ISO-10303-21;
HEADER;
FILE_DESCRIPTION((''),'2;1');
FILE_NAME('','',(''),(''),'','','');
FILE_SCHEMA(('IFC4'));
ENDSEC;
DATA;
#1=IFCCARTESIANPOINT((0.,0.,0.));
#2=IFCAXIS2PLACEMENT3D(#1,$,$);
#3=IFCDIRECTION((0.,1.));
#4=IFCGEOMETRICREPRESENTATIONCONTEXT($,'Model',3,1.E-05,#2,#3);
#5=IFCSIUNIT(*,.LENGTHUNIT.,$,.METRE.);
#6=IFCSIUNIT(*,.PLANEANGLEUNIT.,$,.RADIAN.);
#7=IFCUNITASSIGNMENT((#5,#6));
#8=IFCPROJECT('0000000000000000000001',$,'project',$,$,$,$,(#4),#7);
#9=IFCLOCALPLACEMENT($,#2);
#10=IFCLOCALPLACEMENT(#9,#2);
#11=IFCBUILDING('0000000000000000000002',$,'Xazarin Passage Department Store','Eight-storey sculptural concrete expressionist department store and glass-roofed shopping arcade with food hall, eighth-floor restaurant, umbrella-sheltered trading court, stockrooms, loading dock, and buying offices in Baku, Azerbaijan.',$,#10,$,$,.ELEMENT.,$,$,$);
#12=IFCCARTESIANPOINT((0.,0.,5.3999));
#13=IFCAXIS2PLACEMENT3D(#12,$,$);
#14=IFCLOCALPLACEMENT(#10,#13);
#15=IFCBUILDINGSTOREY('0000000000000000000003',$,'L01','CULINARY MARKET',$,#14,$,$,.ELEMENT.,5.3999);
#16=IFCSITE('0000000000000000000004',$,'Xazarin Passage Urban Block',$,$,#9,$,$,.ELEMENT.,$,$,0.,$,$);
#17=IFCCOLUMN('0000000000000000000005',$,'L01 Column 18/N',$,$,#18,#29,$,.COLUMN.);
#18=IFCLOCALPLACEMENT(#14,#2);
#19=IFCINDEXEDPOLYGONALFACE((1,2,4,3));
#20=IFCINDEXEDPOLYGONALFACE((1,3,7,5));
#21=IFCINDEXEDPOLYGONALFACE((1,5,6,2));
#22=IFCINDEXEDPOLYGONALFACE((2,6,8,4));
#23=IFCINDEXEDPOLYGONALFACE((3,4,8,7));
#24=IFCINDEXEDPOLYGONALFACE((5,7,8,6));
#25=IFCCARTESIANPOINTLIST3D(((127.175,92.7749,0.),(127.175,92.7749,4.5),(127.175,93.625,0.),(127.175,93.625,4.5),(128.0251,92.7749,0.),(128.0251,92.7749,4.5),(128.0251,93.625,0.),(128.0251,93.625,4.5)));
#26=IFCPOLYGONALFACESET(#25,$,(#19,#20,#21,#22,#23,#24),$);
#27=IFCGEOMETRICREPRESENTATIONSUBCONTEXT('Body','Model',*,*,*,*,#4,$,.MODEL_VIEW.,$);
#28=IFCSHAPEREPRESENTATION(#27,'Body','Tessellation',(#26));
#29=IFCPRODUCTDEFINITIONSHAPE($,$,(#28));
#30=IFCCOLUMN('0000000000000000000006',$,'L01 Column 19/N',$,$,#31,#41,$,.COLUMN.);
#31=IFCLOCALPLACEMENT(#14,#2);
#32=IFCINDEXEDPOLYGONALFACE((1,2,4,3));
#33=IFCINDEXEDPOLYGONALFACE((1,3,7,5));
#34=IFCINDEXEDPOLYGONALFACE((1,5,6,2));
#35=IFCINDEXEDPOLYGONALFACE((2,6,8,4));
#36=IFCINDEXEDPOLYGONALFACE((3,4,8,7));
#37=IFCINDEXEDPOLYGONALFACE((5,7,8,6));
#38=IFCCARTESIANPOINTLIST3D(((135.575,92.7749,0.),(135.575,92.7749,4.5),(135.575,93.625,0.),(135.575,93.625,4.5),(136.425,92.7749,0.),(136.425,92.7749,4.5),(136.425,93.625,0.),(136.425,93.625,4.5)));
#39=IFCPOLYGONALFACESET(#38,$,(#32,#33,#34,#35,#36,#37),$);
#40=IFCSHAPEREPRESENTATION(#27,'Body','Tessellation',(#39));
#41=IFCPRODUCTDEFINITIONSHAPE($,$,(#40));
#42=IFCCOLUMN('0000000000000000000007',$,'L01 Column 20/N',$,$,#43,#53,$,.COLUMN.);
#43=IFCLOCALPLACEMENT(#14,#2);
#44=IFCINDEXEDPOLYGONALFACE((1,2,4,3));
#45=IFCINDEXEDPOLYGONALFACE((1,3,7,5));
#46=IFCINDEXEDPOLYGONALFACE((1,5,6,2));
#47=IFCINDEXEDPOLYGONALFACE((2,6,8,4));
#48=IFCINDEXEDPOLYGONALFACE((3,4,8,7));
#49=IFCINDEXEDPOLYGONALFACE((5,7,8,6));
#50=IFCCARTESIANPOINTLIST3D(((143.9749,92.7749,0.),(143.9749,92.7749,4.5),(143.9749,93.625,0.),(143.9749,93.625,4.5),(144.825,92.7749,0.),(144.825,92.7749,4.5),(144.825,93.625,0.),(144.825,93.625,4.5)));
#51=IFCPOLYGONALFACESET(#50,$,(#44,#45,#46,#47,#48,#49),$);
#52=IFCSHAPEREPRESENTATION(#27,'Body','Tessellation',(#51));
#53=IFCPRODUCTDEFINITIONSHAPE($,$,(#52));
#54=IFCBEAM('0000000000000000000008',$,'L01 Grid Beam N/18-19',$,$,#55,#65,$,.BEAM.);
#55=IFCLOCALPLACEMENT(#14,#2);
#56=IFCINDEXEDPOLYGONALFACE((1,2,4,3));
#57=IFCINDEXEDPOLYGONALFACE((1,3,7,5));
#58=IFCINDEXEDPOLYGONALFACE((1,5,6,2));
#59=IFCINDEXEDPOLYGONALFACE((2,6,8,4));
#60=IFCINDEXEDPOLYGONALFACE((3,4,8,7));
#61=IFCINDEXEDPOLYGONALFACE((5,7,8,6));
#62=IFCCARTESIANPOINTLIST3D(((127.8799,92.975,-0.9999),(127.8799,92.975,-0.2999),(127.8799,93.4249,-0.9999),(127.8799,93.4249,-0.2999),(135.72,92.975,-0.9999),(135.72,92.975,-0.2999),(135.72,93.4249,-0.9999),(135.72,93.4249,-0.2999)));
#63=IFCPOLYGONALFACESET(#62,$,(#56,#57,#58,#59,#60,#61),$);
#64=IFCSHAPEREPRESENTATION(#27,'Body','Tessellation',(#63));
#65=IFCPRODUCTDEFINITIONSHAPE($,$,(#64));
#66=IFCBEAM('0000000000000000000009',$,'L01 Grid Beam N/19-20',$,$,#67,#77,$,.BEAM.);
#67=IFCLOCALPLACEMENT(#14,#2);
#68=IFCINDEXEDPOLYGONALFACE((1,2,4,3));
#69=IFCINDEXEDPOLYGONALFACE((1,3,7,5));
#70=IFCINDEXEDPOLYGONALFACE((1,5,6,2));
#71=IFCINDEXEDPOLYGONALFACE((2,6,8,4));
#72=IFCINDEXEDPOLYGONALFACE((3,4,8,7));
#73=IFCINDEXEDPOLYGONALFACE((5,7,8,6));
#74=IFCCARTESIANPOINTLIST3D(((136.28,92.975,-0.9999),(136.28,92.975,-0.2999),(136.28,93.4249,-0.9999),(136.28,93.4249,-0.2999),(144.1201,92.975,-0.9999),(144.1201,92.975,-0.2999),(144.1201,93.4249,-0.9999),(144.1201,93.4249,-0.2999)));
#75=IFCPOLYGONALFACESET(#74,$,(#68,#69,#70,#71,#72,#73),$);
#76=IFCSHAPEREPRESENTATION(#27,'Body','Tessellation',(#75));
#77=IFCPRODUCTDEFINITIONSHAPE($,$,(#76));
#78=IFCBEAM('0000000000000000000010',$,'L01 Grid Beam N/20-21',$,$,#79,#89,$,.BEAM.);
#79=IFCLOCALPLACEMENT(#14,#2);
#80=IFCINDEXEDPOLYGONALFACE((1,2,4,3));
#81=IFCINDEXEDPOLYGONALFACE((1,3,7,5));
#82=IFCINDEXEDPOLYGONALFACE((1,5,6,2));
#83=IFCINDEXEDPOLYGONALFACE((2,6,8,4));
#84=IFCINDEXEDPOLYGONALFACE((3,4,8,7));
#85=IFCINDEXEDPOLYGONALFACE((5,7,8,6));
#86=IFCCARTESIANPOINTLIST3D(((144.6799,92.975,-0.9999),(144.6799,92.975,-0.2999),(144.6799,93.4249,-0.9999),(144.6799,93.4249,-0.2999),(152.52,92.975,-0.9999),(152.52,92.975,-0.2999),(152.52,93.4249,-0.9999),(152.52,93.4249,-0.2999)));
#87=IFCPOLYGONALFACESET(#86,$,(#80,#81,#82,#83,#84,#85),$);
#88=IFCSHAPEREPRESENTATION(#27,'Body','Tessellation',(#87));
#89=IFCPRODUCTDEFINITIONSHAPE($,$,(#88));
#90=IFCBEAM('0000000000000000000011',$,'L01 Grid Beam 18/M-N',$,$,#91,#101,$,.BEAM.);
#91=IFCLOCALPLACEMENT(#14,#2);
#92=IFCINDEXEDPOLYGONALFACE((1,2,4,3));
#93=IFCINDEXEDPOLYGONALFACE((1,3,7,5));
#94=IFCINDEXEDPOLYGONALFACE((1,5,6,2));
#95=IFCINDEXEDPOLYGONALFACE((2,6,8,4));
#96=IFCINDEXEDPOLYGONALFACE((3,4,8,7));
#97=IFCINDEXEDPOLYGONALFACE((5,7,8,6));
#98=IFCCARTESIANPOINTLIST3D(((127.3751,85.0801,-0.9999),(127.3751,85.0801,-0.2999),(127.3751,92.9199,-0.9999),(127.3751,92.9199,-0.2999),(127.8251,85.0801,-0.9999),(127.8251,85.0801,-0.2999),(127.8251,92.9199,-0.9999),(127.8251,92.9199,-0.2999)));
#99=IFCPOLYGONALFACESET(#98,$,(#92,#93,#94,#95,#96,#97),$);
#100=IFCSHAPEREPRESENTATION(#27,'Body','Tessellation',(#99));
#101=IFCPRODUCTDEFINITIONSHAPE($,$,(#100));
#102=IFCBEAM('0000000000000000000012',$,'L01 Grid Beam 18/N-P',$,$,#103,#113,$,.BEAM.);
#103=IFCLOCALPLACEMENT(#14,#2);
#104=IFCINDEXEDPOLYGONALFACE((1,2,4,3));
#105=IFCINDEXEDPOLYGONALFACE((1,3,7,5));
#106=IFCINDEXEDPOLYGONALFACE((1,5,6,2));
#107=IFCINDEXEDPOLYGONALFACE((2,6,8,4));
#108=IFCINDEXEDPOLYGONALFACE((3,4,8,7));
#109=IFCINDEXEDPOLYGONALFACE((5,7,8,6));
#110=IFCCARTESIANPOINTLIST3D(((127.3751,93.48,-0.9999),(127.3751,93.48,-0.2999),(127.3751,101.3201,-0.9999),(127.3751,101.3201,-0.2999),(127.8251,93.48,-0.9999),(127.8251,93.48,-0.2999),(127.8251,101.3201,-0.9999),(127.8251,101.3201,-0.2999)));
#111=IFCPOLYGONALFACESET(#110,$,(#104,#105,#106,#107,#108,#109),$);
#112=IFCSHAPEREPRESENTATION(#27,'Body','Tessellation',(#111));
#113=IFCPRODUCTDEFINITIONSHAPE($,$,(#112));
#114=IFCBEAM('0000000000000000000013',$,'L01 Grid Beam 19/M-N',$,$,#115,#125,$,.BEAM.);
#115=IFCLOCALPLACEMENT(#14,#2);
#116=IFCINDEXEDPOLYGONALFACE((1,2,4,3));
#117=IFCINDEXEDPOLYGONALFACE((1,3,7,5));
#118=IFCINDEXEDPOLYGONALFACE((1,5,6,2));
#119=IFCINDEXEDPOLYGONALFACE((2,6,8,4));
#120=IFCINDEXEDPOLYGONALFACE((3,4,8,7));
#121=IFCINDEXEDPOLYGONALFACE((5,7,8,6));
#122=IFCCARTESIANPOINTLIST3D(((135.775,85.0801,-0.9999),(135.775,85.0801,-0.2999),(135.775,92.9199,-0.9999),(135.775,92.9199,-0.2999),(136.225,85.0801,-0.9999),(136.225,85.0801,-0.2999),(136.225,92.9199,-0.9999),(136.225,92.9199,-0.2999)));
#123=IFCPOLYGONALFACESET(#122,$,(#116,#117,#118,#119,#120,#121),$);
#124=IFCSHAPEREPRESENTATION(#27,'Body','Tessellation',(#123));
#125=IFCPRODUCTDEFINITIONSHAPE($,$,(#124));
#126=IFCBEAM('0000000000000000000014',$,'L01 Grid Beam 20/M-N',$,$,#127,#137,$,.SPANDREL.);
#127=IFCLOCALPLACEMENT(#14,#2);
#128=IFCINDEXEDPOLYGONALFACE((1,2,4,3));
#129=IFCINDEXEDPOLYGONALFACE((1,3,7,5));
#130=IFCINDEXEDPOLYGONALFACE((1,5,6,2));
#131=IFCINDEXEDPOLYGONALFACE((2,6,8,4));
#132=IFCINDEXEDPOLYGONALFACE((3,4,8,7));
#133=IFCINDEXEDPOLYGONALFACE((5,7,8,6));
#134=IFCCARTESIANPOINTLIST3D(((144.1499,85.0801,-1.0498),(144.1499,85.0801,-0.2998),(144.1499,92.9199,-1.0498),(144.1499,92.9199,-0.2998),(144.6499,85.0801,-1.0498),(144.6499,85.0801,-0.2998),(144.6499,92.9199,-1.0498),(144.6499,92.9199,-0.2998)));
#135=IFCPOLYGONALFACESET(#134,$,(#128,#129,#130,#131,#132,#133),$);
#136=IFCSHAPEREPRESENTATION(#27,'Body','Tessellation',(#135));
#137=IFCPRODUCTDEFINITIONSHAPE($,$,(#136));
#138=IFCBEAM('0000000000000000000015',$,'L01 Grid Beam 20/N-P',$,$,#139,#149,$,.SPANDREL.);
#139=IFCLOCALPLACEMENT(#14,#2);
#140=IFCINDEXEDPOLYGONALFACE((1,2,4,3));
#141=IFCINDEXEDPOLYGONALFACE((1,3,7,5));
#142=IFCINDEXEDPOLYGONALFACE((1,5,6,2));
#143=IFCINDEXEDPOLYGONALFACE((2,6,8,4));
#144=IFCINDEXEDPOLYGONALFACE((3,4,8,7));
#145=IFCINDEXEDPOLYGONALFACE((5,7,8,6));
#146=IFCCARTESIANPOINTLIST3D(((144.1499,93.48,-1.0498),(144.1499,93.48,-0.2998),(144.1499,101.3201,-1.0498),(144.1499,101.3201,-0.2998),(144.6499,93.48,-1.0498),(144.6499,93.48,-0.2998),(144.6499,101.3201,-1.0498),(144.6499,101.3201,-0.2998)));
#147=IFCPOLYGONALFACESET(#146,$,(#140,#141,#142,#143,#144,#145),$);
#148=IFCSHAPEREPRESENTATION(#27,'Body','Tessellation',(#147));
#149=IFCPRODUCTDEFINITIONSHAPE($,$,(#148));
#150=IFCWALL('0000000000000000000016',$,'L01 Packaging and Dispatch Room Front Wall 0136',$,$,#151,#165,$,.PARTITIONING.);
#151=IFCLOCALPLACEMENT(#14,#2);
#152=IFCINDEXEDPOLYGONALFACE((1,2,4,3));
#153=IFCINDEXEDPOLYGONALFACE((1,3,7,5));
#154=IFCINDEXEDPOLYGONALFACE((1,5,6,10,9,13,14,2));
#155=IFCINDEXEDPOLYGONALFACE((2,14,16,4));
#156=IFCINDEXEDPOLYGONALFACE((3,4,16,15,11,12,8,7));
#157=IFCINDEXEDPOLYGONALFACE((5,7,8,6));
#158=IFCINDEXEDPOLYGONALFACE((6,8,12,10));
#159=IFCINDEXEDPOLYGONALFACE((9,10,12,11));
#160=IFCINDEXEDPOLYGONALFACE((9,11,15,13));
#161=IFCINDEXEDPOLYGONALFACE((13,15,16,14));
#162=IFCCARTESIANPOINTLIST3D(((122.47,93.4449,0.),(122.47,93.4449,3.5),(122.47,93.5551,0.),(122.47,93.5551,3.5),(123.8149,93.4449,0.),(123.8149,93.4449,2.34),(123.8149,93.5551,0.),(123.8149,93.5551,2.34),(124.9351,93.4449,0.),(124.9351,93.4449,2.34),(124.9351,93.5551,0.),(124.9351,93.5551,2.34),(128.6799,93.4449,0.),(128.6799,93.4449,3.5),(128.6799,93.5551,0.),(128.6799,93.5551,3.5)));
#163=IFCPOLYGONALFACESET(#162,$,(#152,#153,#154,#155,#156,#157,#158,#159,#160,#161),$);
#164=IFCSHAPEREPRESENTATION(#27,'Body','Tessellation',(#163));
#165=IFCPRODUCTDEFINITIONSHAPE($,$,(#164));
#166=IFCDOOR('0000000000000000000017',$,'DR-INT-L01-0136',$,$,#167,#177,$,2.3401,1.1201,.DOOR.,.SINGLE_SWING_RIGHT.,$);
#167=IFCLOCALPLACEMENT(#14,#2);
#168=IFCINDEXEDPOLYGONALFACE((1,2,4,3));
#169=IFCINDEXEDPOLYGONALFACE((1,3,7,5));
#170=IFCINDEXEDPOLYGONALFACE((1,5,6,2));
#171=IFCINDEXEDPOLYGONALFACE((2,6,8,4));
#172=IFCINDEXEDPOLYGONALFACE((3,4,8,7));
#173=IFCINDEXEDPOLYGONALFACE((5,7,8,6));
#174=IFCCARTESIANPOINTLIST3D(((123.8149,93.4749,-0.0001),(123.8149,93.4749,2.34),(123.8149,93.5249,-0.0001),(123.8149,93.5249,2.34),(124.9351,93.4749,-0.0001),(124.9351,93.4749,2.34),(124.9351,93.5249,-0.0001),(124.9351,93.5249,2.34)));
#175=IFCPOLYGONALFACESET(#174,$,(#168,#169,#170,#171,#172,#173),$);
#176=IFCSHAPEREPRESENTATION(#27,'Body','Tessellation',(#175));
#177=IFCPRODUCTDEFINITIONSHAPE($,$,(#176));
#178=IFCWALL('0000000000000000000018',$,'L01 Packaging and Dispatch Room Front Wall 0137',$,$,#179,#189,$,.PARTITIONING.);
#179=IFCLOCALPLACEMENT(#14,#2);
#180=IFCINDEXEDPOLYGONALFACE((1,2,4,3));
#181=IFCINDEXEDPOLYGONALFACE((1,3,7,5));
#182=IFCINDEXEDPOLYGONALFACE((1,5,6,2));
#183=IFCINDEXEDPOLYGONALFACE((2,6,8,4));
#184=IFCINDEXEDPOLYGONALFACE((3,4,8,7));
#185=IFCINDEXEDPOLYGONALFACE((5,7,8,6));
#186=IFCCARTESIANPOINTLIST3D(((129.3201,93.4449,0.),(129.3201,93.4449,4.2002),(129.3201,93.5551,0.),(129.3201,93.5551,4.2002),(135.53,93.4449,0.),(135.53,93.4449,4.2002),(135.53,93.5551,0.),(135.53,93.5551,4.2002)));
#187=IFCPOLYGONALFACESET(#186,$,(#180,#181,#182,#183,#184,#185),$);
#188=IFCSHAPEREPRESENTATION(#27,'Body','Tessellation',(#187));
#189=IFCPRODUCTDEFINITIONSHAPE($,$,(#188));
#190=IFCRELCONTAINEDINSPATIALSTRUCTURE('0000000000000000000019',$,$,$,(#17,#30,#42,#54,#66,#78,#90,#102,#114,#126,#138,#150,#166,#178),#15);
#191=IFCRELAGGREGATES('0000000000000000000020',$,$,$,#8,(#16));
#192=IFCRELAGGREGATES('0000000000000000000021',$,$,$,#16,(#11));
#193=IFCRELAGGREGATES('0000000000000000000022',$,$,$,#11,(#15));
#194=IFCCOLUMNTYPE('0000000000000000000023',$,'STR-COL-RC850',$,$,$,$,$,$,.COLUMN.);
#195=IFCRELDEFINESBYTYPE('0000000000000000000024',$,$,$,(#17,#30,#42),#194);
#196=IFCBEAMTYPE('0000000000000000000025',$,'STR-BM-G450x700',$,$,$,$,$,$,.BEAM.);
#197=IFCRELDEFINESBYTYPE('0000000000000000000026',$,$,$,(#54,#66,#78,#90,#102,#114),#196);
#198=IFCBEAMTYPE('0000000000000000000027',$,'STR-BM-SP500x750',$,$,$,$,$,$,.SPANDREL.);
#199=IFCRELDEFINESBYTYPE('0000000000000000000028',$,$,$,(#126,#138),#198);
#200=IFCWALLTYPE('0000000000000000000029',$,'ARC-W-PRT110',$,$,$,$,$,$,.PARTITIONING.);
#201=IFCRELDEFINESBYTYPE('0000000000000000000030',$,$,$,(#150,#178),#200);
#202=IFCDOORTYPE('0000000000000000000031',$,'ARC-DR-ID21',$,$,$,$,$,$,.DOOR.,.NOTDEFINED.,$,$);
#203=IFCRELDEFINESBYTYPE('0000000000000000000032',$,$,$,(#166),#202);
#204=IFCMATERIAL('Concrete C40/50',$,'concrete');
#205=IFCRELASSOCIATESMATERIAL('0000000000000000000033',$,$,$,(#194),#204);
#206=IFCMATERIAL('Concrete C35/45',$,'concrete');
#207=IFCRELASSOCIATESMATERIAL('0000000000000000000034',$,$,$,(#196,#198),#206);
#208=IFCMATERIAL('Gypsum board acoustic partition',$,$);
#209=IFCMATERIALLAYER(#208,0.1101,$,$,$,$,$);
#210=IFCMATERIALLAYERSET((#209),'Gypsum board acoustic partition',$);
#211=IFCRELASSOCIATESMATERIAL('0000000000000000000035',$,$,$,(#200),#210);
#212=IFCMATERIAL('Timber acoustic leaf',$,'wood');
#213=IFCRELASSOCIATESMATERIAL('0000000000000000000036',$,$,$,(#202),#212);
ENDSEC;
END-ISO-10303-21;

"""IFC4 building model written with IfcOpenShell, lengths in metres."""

from ifc_helpers import new_model, si_unit, direction, frame, frame_2d, origin, origin_2d, place, context, subcontext, project, spatial, rectangle, extrude, material, layer, layer_set, material_profile, profile_set, type_object, element, fill, save


model = new_model("IFC4")

# Units and contexts
model_context = context("Model", 3, precision=1e-05, world=origin(), true_north=direction((0.0, 1.0)))
body_context = subcontext(model_context, "Body", "Model", "MODEL_VIEW")
ifc_project = project(units=[si_unit("LENGTHUNIT", "METRE"), si_unit("PLANEANGLEUNIT", "RADIAN")], contexts=[model_context])

# Site, building, storey
site_placement = place(None, origin())
site = spatial("IfcSite", under=ifc_project, at=site_placement, Name="Xazarin Passage Urban Block", CompositionType="ELEMENT", RefElevation=0.0)
building_placement = place(site_placement, origin())
building = spatial("IfcBuilding", under=site, at=building_placement, Name="Xazarin Passage Department Store", Description="Eight-storey sculptural concrete expressionist department store and glass-roofed shopping arcade with food hall, eighth-floor restaurant, umbrella-sheltered trading court, stockrooms, loading dock, and buying offices in Baku, Azerbaijan.", CompositionType="ELEMENT")
storey_placement = place(building_placement, frame((0.0, 0.0, 5.3999)))
storey = spatial("IfcBuildingStorey", under=building, at=storey_placement, Name="L01", Description="CULINARY MARKET", CompositionType="ELEMENT", Elevation=5.3999)

# Columns
ifc_material_1 = material(Name="Concrete C40/50", Category="concrete")
ifc_material_profile_1 = material_profile(ifc_material_1, rectangle(XDim=0.8501, YDim=0.8501, at=origin_2d()), Name="RC 850x850")
ifc_profile_set_1 = profile_set([ifc_material_profile_1], Name="Concrete C40/50")
column_type = type_object("IfcColumnType", Name="STR-COL-RC850", PredefinedType="COLUMN", material=ifc_profile_set_1)
for number, where, z_axis, x_axis, name in (
    (1, (127.6001, 93.2, 0.0), (0.0, 0.0, 1.0), (1.0, 0.0, 0.0), "L01 Column 18/N"),
    (2, (136.0, 93.2, 0.0), (0.0, 0.0, 1.0), (1.0, 0.0, 0.0), "L01 Column 19/N"),
    (3, (144.3999, 93.2, 0.0), (0.0, 0.0, 1.0), (1.0, 0.0, 0.0), "L01 Column 20/N"),
):
    element("IfcColumn", number, at=place(storey_placement, frame(where, z_axis=z_axis, x_axis=x_axis)), inside=storey, type_object=column_type, Name=name, PredefinedType="COLUMN", context=body_context, shape_type="SweptSolid", body=[
        extrude(rectangle(XDim=0.8501, YDim=0.8501, at=origin_2d()), origin(), (0.0, 0.0, 1.0), 4.5),
    ])

# Beams
ifc_material_2 = material(Name="Concrete C35/45", Category="concrete")
ifc_material_profile_2 = material_profile(ifc_material_2, rectangle(XDim=0.45, YDim=0.7, at=origin_2d()), Name="RC 450x700")
ifc_profile_set_2 = profile_set([ifc_material_profile_2], Name="Concrete C35/45")
beam_type_1 = type_object("IfcBeamType", Name="STR-BM-G450x700", PredefinedType="BEAM", material=ifc_profile_set_2)
for number, where, z_axis, x_axis, name in (
    (4, (127.8799, 93.2, -0.6499), (1.0, 0.0, 0.0), (0.0, 1.0, 0.0), "L01 Grid Beam N/18-19"),
    (5, (136.28, 93.2, -0.6499), (1.0, 0.0, 0.0), (0.0, 1.0, 0.0), "L01 Grid Beam N/19-20"),
    (6, (144.6799, 93.2, -0.6499), (1.0, 0.0, 0.0), (0.0, 1.0, 0.0), "L01 Grid Beam N/20-21"),
):
    element("IfcBeam", number, at=place(storey_placement, frame(where, z_axis=z_axis, x_axis=x_axis)), inside=storey, type_object=beam_type_1, Name=name, PredefinedType="BEAM", context=body_context, shape_type="SweptSolid", body=[
        extrude(rectangle(XDim=0.45, YDim=0.7, at=origin_2d()), origin(), (0.0, 0.0, 1.0), 7.8401),
    ])
beam_1_placement = place(storey_placement, frame((127.6001, 85.0801, -0.6499), z_axis=(0.0, 1.0, 0.0), x_axis=(-1.0, 0.0, 0.0)))
element("IfcBeam", 7, at=beam_1_placement, inside=storey, type_object=beam_type_1, Name="L01 Grid Beam 18/M-N", PredefinedType="BEAM", context=body_context, shape_type="SweptSolid", body=[
    extrude(rectangle(XDim=0.45, YDim=0.7, at=origin_2d()), origin(), (0.0, 0.0, 1.0), 7.8398),
])
beam_2_placement = place(storey_placement, frame((127.6001, 93.48, -0.6499), z_axis=(0.0, 1.0, 0.0), x_axis=(-1.0, 0.0, 0.0)))
element("IfcBeam", 8, at=beam_2_placement, inside=storey, type_object=beam_type_1, Name="L01 Grid Beam 18/N-P", PredefinedType="BEAM", context=body_context, shape_type="SweptSolid", body=[
    extrude(rectangle(XDim=0.45, YDim=0.7, at=origin_2d()), origin(), (0.0, 0.0, 1.0), 7.8401),
])
beam_3_placement = place(storey_placement, frame((136.0, 85.0801, -0.6499), z_axis=(0.0, 1.0, 0.0), x_axis=(-1.0, 0.0, 0.0)))
element("IfcBeam", 9, at=beam_3_placement, inside=storey, type_object=beam_type_1, Name="L01 Grid Beam 19/M-N", PredefinedType="BEAM", context=body_context, shape_type="SweptSolid", body=[
    extrude(rectangle(XDim=0.45, YDim=0.7, at=origin_2d()), origin(), (0.0, 0.0, 1.0), 7.8398),
])
ifc_material_profile_3 = material_profile(ifc_material_2, rectangle(XDim=0.5, YDim=0.75, at=origin_2d()), Name="RC 500x750")
ifc_profile_set_3 = profile_set([ifc_material_profile_3], Name="Concrete C35/45")
beam_type_2 = type_object("IfcBeamType", Name="STR-BM-SP500x750", PredefinedType="SPANDREL", material=ifc_profile_set_3)
beam_4_placement = place(storey_placement, frame((144.3999, 85.0801, -0.6748), z_axis=(0.0, 1.0, 0.0), x_axis=(-1.0, 0.0, 0.0)))
element("IfcBeam", 10, at=beam_4_placement, inside=storey, type_object=beam_type_2, Name="L01 Grid Beam 20/M-N", PredefinedType="SPANDREL", context=body_context, shape_type="SweptSolid", body=[
    extrude(rectangle(XDim=0.5, YDim=0.75, at=origin_2d()), origin(), (0.0, 0.0, 1.0), 7.8398),
])
beam_5_placement = place(storey_placement, frame((144.3999, 93.48, -0.6748), z_axis=(0.0, 1.0, 0.0), x_axis=(-1.0, 0.0, 0.0)))
element("IfcBeam", 11, at=beam_5_placement, inside=storey, type_object=beam_type_2, Name="L01 Grid Beam 20/N-P", PredefinedType="SPANDREL", context=body_context, shape_type="SweptSolid", body=[
    extrude(rectangle(XDim=0.5, YDim=0.75, at=origin_2d()), origin(), (0.0, 0.0, 1.0), 7.8401),
])

# Wall, opening, door
ifc_material_3 = material(Name="Gypsum board acoustic partition")
ifc_layer_1 = layer(ifc_material_3, 0.1101)
ifc_layer_set_1 = layer_set([ifc_layer_1], Name="Gypsum board acoustic partition")
wall_type_1 = type_object("IfcWallType", Name="ARC-W-PRT110", PredefinedType="PARTITIONING", material=ifc_layer_set_1)
wall_1_placement = place(storey_placement, frame((122.47, 93.5, 0.0), z_axis=(0.0, 0.0, 1.0), x_axis=(1.0, 0.0, 0.0)))
wall_1 = element("IfcWall", 12, at=wall_1_placement, inside=storey, type_object=wall_type_1, Name="L01 Packaging and Dispatch Room Front Wall 0136", PredefinedType="PARTITIONING", context=body_context, shape_type="SweptSolid", body=[
    extrude(rectangle(XDim=6.21, YDim=0.1101, at=frame_2d((3.105, 0.0))), origin(), (0.0, 0.0, 1.0), 3.5),
])
opening_1_placement = place(wall_1_placement, frame((1.345, 0.0, 0.0)))
opening_1 = element("IfcOpeningElement", 13, at=opening_1_placement, cuts=wall_1, PredefinedType="OPENING", context=body_context, shape_type="SweptSolid", body=[
    extrude(rectangle(XDim=1.1201, YDim=2.3401, at=frame_2d((0.5601, 1.1699))), frame((0.0, 0.0649, 0.0), z_axis=(0.0, -1.0, 0.0), x_axis=(1.0, 0.0, 0.0)), (0.0, 0.0, 1.0), 0.1301),
])
ifc_material_4 = material(Name="Timber acoustic leaf", Category="wood")
door_type_1 = type_object("IfcDoorType", Name="ARC-DR-ID21", OperationType="NOTDEFINED", PredefinedType="DOOR", material=ifc_material_4)
door_1_placement = place(opening_1_placement, origin())
door_1 = element("IfcDoor", 14, at=door_1_placement, inside=storey, type_object=door_type_1, Name="DR-INT-L01-0136", OperationType="SINGLE_SWING_RIGHT", OverallHeight=2.3401, OverallWidth=1.1201, PredefinedType="DOOR", context=body_context, shape_type="SweptSolid", body=[
    extrude(rectangle(XDim=1.1201, YDim=2.3401, at=frame_2d((0.5601, 1.1699))), frame((0.0, 0.0249, 0.0), z_axis=(0.0, -1.0, 0.0), x_axis=(1.0, 0.0, 0.0)), (0.0, 0.0, 1.0), 0.05),
])
fill(opening_1, door_1)

# Wall
wall_2_placement = place(storey_placement, frame((129.3201, 93.5, 0.0), z_axis=(0.0, 0.0, 1.0), x_axis=(1.0, 0.0, 0.0)))
element("IfcWall", 15, at=wall_2_placement, inside=storey, type_object=wall_type_1, Name="L01 Packaging and Dispatch Room Front Wall 0137", PredefinedType="PARTITIONING", context=body_context, shape_type="SweptSolid", body=[
    extrude(rectangle(XDim=6.21, YDim=0.1101, at=frame_2d((3.105, 0.0))), origin(), (0.0, 0.0, 1.0), 4.2002),
])

save(model, "model.ifc")
